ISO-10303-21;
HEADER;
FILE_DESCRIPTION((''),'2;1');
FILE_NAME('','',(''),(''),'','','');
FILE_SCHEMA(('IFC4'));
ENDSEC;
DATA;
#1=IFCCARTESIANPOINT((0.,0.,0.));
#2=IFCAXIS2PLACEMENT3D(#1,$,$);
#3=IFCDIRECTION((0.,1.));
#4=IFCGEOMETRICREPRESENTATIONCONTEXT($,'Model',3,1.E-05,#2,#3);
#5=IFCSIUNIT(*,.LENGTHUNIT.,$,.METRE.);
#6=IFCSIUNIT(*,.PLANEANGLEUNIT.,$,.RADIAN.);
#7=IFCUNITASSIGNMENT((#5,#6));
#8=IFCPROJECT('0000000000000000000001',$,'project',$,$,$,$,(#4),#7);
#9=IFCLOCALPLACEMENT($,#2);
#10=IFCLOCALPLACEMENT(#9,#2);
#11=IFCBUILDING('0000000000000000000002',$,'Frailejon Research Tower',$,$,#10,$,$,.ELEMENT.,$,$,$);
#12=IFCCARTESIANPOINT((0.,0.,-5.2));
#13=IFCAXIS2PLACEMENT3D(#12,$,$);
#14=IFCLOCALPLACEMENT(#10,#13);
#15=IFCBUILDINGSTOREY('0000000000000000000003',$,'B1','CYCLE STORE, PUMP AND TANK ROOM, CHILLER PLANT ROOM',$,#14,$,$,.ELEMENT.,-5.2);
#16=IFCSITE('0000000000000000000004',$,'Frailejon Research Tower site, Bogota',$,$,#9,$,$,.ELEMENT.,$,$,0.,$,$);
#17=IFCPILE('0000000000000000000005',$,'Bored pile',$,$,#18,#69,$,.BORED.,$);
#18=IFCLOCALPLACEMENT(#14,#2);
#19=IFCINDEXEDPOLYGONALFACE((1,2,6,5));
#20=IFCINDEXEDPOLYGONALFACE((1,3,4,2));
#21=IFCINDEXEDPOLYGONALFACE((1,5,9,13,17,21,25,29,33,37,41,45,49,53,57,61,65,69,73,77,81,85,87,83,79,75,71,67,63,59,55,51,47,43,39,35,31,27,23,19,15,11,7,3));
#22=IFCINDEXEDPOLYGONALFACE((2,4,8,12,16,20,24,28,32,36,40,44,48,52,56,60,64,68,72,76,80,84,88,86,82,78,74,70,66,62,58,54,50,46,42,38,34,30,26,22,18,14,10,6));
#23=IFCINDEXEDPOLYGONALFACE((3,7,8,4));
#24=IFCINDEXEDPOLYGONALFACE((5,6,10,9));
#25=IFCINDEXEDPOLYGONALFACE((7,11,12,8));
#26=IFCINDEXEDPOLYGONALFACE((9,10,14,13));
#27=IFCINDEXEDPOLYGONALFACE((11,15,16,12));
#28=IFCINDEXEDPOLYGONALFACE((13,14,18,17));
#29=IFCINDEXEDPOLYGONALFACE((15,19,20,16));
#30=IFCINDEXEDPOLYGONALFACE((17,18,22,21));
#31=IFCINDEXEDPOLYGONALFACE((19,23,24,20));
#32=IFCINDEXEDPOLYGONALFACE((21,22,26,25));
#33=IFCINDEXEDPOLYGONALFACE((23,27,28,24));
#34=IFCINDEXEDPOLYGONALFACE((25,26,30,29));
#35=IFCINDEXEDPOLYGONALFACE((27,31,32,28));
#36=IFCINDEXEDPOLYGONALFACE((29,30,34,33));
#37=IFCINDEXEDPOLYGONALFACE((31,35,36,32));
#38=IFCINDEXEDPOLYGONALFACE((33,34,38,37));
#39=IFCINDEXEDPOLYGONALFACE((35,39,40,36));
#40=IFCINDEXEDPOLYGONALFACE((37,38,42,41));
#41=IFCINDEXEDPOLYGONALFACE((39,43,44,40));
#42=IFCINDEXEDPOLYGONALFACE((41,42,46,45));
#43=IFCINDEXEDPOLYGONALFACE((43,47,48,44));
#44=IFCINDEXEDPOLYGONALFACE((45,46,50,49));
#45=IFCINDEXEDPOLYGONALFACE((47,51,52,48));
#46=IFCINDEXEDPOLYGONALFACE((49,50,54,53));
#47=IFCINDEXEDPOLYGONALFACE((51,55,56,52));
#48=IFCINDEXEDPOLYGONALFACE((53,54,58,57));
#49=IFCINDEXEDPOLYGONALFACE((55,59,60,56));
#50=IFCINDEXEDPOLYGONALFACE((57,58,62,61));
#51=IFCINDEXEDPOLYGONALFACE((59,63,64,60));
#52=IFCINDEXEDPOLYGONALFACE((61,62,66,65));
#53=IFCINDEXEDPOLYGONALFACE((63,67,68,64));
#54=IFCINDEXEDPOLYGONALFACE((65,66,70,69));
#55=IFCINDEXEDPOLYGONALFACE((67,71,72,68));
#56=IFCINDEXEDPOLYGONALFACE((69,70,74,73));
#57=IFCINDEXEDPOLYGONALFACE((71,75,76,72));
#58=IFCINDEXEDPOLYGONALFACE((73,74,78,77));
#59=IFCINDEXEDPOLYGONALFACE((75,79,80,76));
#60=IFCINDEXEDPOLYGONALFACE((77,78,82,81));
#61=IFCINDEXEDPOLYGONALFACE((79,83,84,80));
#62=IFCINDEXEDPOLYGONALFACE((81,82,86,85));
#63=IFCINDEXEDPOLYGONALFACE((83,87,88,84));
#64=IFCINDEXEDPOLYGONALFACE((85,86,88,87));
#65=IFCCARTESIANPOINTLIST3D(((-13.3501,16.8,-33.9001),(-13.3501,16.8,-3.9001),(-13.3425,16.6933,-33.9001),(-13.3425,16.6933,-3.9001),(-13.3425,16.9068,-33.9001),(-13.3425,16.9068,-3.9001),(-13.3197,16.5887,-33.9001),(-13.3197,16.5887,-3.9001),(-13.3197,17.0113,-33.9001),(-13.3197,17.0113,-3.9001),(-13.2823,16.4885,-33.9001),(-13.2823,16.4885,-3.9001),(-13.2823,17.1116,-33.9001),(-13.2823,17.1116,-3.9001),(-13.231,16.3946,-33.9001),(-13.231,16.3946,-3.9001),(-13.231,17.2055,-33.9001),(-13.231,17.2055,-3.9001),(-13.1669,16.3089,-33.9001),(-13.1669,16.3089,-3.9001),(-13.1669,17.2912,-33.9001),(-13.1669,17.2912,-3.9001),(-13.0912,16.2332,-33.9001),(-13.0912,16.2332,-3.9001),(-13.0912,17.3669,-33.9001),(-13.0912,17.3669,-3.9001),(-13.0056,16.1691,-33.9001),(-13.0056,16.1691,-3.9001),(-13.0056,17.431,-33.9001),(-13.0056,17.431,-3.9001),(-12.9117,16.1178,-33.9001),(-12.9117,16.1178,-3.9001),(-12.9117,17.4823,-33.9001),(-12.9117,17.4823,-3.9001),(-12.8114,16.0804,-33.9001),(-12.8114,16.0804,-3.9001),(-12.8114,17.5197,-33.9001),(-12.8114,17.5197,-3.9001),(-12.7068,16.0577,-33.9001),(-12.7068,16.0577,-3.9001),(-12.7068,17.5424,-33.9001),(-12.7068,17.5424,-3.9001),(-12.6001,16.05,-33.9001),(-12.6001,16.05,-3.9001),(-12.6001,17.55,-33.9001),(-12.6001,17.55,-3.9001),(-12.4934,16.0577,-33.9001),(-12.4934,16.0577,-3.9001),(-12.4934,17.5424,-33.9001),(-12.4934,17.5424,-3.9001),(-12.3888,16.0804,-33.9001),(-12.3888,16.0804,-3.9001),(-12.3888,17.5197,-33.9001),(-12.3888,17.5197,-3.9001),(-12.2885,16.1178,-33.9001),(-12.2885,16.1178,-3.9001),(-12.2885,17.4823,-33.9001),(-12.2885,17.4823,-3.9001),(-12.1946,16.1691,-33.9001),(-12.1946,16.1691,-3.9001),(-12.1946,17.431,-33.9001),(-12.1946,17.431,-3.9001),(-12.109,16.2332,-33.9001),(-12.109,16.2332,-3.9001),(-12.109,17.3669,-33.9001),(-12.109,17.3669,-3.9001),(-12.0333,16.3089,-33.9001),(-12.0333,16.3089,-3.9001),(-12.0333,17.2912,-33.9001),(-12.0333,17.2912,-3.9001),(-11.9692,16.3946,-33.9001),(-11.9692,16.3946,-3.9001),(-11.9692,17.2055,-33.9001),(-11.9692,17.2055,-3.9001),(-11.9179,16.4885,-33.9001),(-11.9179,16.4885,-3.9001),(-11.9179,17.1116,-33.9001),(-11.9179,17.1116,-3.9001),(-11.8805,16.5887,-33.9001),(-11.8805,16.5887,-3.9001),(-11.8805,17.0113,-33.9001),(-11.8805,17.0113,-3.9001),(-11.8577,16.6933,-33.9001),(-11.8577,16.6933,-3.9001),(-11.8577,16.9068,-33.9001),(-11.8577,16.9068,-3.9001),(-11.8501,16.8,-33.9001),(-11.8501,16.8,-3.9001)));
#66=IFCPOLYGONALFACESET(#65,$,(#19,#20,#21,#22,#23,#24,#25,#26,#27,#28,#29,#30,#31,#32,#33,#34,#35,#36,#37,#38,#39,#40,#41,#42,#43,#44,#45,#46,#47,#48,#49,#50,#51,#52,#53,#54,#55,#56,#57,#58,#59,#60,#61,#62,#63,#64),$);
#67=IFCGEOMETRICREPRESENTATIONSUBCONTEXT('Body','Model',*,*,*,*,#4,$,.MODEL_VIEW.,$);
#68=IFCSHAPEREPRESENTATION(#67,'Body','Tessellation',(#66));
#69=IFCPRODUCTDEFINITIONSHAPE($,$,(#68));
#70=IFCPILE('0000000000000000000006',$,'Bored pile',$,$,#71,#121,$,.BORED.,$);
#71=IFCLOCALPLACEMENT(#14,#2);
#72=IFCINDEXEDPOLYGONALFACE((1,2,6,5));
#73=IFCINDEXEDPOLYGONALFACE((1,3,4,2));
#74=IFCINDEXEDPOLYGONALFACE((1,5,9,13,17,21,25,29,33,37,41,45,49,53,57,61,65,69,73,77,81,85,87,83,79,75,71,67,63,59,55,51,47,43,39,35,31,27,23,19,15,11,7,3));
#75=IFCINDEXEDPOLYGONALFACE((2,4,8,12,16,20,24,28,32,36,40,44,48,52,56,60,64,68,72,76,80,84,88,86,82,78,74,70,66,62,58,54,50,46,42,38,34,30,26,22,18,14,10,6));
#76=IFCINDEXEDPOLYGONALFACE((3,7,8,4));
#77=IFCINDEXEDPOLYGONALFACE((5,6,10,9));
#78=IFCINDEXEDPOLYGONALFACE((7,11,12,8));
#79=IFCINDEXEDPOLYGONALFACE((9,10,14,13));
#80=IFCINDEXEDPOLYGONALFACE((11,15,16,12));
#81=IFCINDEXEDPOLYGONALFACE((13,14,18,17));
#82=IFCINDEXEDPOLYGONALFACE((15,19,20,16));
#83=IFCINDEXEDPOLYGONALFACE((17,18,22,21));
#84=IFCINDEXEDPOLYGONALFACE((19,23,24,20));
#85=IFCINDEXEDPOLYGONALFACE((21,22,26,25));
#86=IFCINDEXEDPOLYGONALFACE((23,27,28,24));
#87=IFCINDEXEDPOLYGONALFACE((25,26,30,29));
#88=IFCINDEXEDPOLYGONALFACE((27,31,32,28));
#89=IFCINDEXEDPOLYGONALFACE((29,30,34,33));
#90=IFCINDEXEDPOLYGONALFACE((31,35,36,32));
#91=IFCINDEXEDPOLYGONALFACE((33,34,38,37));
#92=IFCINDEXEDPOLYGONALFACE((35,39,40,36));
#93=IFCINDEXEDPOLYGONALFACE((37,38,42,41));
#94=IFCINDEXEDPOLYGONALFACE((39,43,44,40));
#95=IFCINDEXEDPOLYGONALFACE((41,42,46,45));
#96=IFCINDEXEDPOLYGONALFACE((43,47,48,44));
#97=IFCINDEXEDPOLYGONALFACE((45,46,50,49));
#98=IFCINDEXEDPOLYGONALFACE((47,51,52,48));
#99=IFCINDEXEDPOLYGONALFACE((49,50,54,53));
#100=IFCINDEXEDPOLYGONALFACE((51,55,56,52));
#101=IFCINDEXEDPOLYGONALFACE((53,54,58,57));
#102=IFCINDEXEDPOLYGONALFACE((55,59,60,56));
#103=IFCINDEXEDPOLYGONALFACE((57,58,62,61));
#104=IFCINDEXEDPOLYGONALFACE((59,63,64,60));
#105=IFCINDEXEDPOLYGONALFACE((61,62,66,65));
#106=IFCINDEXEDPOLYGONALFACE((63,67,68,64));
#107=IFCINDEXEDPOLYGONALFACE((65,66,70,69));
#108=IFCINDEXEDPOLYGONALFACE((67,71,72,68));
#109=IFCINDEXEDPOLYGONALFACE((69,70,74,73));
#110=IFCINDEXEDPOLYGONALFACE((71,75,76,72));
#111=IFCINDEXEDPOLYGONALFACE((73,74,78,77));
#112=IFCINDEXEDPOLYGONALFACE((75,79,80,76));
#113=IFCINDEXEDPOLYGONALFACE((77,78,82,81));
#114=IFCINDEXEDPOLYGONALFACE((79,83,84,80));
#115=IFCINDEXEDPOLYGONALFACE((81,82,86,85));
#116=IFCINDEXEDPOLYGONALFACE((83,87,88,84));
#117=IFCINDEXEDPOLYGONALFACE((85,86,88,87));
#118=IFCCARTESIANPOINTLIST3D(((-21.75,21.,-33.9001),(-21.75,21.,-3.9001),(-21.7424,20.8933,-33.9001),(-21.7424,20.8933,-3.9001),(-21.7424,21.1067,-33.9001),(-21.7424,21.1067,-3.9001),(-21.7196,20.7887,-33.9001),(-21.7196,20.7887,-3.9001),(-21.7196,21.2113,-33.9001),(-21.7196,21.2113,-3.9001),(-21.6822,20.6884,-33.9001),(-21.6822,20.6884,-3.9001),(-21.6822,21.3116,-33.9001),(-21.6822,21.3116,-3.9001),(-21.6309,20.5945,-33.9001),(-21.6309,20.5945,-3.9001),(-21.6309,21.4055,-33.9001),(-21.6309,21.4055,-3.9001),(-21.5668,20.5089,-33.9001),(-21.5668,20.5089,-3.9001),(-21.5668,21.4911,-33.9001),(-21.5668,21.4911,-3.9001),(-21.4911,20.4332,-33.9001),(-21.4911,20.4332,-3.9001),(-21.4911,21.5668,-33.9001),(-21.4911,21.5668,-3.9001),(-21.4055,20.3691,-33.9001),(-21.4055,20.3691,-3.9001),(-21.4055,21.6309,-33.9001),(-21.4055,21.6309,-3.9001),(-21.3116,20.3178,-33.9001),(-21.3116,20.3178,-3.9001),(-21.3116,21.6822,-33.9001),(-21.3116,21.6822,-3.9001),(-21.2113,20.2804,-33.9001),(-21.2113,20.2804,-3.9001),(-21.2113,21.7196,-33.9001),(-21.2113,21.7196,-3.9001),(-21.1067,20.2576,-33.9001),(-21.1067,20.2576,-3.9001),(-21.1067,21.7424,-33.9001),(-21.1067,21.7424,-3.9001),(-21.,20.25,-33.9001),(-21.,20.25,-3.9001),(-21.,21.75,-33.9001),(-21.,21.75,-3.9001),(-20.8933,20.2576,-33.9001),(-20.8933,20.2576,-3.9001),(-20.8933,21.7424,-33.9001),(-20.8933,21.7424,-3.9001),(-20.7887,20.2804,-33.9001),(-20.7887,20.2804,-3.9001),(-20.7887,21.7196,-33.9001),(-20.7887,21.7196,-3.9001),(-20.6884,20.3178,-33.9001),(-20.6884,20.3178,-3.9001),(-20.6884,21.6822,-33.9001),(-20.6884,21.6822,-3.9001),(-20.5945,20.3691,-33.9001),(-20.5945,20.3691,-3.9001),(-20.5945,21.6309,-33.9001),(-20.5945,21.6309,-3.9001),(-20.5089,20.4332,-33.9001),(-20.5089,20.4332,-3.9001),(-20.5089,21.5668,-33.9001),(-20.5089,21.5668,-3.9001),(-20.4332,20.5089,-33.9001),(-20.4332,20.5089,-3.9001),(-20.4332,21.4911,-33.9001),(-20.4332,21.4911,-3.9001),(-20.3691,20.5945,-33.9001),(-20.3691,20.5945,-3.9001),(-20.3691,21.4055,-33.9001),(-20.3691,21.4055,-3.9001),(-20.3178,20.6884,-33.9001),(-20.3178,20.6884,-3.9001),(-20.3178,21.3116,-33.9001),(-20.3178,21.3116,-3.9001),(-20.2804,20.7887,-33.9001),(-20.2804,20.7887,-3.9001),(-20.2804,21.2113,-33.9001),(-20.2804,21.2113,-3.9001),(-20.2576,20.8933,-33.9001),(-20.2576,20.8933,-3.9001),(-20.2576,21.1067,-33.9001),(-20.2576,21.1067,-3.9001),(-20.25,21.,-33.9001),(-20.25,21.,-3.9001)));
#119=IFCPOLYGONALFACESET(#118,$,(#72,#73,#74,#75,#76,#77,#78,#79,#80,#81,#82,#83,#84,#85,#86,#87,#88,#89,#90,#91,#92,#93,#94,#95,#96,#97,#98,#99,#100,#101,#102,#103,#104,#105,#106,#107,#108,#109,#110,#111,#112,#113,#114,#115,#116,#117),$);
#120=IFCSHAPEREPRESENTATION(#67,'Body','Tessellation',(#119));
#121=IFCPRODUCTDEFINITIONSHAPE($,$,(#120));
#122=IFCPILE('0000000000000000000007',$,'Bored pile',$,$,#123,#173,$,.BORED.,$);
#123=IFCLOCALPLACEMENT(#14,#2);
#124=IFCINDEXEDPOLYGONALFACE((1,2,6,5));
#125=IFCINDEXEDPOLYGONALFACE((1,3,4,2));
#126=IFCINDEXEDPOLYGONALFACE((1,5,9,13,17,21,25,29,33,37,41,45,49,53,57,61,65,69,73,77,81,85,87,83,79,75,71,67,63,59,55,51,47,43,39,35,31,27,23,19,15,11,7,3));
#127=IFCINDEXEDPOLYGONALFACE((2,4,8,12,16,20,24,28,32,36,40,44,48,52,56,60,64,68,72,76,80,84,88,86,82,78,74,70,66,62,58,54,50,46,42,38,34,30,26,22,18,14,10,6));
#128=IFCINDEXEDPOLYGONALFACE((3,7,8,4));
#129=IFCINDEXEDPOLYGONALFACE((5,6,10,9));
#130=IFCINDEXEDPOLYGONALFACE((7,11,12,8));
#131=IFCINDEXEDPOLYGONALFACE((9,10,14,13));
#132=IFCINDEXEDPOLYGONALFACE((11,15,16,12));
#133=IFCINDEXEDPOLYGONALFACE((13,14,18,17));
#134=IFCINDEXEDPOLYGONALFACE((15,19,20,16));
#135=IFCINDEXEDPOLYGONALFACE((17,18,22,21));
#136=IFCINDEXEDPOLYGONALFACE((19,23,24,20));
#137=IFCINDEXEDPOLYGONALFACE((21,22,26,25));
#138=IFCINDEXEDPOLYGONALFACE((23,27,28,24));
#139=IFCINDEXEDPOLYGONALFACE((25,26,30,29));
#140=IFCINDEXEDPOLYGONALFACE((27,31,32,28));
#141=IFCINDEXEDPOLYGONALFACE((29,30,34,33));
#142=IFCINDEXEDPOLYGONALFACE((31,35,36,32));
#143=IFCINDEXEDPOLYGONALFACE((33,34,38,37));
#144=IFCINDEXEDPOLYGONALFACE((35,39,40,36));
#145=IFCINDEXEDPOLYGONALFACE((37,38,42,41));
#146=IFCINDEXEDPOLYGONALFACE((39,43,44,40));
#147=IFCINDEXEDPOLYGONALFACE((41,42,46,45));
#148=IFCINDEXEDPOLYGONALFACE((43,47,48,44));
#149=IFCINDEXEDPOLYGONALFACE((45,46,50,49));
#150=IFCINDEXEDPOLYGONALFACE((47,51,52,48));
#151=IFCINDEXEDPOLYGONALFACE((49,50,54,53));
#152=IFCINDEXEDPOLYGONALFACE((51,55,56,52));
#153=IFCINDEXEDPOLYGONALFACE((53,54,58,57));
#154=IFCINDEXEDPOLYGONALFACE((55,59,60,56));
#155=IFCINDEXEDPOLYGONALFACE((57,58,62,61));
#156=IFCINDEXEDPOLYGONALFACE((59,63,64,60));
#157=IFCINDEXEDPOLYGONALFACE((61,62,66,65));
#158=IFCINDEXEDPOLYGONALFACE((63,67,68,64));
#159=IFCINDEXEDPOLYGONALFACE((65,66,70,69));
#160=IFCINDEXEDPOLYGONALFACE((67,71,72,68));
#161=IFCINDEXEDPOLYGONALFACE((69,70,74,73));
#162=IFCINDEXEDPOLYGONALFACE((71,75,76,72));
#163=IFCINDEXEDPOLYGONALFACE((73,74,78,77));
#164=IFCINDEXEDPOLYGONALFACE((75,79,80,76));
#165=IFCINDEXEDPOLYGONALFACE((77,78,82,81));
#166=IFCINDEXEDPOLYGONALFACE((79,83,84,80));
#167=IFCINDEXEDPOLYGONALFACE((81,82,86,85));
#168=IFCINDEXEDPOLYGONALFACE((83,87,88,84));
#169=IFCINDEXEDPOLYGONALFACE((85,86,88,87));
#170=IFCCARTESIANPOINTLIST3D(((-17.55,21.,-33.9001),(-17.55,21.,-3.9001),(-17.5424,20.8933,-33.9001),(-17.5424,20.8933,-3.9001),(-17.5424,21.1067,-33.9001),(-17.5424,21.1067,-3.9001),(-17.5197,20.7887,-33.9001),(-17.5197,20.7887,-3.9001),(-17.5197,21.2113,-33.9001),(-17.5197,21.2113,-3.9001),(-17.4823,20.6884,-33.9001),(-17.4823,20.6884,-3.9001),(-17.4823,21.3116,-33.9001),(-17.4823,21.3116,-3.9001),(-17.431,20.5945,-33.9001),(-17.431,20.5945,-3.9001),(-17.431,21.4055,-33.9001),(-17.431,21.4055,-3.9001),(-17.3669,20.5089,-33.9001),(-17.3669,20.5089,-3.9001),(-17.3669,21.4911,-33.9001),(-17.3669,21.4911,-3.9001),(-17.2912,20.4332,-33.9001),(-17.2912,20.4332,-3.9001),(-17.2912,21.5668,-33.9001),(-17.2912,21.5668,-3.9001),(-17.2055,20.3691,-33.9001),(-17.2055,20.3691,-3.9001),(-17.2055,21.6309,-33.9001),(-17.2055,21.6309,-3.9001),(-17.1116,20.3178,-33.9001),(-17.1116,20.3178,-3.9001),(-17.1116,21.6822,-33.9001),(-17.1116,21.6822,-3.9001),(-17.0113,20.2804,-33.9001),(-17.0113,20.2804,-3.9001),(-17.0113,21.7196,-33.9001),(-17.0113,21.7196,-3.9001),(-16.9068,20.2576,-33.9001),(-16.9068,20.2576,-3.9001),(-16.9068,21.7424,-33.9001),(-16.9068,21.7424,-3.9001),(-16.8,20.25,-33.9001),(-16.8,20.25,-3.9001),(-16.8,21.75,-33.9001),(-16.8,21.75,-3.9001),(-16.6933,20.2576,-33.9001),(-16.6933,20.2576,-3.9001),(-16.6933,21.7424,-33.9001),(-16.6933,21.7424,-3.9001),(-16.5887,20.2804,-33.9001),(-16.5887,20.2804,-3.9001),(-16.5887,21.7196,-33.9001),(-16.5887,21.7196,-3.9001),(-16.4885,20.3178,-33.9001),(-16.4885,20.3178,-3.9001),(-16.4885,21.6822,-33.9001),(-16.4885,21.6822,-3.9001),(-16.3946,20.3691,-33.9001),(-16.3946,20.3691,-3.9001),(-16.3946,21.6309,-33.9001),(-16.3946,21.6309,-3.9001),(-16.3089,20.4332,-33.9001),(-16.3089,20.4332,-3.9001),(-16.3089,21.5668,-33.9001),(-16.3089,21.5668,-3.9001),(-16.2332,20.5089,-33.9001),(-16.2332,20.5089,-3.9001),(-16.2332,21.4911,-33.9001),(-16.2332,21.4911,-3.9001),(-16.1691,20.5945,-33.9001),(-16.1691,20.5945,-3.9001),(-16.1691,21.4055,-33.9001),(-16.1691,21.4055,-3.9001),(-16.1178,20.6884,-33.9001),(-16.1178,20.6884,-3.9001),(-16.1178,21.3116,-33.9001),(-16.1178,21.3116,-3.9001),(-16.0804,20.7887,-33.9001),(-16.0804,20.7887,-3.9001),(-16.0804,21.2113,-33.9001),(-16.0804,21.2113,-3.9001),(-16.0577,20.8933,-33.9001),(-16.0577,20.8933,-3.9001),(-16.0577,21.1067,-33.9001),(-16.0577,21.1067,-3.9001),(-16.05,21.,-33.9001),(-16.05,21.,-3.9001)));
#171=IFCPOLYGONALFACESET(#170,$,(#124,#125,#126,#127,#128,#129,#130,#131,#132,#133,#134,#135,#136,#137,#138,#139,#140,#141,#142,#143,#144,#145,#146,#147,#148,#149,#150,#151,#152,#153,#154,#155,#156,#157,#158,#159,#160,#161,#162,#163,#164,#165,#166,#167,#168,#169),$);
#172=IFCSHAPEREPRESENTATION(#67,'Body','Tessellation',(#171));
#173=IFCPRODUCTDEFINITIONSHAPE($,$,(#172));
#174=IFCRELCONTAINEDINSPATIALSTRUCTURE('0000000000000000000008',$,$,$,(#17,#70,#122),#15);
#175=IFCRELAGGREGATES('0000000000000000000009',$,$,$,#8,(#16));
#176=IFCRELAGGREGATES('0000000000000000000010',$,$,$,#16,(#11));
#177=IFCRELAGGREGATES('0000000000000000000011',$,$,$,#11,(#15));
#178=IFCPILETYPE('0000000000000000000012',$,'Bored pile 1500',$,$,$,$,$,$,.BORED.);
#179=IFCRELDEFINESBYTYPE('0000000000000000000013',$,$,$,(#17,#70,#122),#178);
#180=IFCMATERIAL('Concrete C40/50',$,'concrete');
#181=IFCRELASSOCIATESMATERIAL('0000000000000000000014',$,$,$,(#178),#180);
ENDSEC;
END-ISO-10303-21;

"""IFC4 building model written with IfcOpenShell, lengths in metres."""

from ifc_helpers import new_model, si_unit, direction, frame, origin, origin_2d, place, context, subcontext, project, spatial, circle, extrude, material, material_profile, profile_set, type_object, element, save


model = new_model("IFC4")

# Units and contexts
model_context = context("Model", 3, precision=1e-05, world=origin(), true_north=direction((0.0, 1.0)))
body_context = subcontext(model_context, "Body", "Model", "MODEL_VIEW")
ifc_project = project(units=[si_unit("LENGTHUNIT", "METRE"), si_unit("PLANEANGLEUNIT", "RADIAN")], contexts=[model_context])

# Site, building, storey
site_placement = place(None, origin())
site = spatial("IfcSite", under=ifc_project, at=site_placement, Name="Frailejon Research Tower site, Bogota", CompositionType="ELEMENT", RefElevation=0.0)
building_placement = place(site_placement, origin())
building = spatial("IfcBuilding", under=site, at=building_placement, Name="Frailejon Research Tower", CompositionType="ELEMENT")
storey_placement = place(building_placement, frame((0.0, 0.0, -5.2)))
storey = spatial("IfcBuildingStorey", under=building, at=storey_placement, Name="B1", Description="CYCLE STORE, PUMP AND TANK ROOM, CHILLER PLANT ROOM", CompositionType="ELEMENT", Elevation=-5.2)

# Piles
ifc_material_1 = material(Name="Concrete C40/50", Category="concrete")
ifc_material_profile_1 = material_profile(ifc_material_1, circle(Radius=0.75, at=origin_2d()), Name="Bored pile 1500")
ifc_profile_set_1 = profile_set([ifc_material_profile_1], Name="Concrete C40/50")
pile_type = type_object("IfcPileType", Name="Bored pile 1500", PredefinedType="BORED", material=ifc_profile_set_1)
for number, where, z_axis, x_axis, name in (
    (1, (-12.6001, 16.8, -3.9001), (0.0, 0.0, -1.0), (1.0, 0.0, 0.0), "Bored pile"),
    (2, (-21.0, 21.0, -3.9001), (0.0, 0.0, -1.0), (1.0, 0.0, 0.0), "Bored pile"),
    (3, (-16.8, 21.0, -3.9001), (0.0, 0.0, -1.0), (1.0, 0.0, 0.0), "Bored pile"),
):
    element("IfcPile", number, at=place(storey_placement, frame(where, z_axis=z_axis, x_axis=x_axis)), inside=storey, type_object=pile_type, Name=name, PredefinedType="BORED", context=body_context, shape_type="SweptSolid", body=[
        extrude(circle(Radius=0.75, at=origin_2d()), origin(), (0.0, 0.0, 1.0), 30.0),
    ])

save(model, "model.ifc")
